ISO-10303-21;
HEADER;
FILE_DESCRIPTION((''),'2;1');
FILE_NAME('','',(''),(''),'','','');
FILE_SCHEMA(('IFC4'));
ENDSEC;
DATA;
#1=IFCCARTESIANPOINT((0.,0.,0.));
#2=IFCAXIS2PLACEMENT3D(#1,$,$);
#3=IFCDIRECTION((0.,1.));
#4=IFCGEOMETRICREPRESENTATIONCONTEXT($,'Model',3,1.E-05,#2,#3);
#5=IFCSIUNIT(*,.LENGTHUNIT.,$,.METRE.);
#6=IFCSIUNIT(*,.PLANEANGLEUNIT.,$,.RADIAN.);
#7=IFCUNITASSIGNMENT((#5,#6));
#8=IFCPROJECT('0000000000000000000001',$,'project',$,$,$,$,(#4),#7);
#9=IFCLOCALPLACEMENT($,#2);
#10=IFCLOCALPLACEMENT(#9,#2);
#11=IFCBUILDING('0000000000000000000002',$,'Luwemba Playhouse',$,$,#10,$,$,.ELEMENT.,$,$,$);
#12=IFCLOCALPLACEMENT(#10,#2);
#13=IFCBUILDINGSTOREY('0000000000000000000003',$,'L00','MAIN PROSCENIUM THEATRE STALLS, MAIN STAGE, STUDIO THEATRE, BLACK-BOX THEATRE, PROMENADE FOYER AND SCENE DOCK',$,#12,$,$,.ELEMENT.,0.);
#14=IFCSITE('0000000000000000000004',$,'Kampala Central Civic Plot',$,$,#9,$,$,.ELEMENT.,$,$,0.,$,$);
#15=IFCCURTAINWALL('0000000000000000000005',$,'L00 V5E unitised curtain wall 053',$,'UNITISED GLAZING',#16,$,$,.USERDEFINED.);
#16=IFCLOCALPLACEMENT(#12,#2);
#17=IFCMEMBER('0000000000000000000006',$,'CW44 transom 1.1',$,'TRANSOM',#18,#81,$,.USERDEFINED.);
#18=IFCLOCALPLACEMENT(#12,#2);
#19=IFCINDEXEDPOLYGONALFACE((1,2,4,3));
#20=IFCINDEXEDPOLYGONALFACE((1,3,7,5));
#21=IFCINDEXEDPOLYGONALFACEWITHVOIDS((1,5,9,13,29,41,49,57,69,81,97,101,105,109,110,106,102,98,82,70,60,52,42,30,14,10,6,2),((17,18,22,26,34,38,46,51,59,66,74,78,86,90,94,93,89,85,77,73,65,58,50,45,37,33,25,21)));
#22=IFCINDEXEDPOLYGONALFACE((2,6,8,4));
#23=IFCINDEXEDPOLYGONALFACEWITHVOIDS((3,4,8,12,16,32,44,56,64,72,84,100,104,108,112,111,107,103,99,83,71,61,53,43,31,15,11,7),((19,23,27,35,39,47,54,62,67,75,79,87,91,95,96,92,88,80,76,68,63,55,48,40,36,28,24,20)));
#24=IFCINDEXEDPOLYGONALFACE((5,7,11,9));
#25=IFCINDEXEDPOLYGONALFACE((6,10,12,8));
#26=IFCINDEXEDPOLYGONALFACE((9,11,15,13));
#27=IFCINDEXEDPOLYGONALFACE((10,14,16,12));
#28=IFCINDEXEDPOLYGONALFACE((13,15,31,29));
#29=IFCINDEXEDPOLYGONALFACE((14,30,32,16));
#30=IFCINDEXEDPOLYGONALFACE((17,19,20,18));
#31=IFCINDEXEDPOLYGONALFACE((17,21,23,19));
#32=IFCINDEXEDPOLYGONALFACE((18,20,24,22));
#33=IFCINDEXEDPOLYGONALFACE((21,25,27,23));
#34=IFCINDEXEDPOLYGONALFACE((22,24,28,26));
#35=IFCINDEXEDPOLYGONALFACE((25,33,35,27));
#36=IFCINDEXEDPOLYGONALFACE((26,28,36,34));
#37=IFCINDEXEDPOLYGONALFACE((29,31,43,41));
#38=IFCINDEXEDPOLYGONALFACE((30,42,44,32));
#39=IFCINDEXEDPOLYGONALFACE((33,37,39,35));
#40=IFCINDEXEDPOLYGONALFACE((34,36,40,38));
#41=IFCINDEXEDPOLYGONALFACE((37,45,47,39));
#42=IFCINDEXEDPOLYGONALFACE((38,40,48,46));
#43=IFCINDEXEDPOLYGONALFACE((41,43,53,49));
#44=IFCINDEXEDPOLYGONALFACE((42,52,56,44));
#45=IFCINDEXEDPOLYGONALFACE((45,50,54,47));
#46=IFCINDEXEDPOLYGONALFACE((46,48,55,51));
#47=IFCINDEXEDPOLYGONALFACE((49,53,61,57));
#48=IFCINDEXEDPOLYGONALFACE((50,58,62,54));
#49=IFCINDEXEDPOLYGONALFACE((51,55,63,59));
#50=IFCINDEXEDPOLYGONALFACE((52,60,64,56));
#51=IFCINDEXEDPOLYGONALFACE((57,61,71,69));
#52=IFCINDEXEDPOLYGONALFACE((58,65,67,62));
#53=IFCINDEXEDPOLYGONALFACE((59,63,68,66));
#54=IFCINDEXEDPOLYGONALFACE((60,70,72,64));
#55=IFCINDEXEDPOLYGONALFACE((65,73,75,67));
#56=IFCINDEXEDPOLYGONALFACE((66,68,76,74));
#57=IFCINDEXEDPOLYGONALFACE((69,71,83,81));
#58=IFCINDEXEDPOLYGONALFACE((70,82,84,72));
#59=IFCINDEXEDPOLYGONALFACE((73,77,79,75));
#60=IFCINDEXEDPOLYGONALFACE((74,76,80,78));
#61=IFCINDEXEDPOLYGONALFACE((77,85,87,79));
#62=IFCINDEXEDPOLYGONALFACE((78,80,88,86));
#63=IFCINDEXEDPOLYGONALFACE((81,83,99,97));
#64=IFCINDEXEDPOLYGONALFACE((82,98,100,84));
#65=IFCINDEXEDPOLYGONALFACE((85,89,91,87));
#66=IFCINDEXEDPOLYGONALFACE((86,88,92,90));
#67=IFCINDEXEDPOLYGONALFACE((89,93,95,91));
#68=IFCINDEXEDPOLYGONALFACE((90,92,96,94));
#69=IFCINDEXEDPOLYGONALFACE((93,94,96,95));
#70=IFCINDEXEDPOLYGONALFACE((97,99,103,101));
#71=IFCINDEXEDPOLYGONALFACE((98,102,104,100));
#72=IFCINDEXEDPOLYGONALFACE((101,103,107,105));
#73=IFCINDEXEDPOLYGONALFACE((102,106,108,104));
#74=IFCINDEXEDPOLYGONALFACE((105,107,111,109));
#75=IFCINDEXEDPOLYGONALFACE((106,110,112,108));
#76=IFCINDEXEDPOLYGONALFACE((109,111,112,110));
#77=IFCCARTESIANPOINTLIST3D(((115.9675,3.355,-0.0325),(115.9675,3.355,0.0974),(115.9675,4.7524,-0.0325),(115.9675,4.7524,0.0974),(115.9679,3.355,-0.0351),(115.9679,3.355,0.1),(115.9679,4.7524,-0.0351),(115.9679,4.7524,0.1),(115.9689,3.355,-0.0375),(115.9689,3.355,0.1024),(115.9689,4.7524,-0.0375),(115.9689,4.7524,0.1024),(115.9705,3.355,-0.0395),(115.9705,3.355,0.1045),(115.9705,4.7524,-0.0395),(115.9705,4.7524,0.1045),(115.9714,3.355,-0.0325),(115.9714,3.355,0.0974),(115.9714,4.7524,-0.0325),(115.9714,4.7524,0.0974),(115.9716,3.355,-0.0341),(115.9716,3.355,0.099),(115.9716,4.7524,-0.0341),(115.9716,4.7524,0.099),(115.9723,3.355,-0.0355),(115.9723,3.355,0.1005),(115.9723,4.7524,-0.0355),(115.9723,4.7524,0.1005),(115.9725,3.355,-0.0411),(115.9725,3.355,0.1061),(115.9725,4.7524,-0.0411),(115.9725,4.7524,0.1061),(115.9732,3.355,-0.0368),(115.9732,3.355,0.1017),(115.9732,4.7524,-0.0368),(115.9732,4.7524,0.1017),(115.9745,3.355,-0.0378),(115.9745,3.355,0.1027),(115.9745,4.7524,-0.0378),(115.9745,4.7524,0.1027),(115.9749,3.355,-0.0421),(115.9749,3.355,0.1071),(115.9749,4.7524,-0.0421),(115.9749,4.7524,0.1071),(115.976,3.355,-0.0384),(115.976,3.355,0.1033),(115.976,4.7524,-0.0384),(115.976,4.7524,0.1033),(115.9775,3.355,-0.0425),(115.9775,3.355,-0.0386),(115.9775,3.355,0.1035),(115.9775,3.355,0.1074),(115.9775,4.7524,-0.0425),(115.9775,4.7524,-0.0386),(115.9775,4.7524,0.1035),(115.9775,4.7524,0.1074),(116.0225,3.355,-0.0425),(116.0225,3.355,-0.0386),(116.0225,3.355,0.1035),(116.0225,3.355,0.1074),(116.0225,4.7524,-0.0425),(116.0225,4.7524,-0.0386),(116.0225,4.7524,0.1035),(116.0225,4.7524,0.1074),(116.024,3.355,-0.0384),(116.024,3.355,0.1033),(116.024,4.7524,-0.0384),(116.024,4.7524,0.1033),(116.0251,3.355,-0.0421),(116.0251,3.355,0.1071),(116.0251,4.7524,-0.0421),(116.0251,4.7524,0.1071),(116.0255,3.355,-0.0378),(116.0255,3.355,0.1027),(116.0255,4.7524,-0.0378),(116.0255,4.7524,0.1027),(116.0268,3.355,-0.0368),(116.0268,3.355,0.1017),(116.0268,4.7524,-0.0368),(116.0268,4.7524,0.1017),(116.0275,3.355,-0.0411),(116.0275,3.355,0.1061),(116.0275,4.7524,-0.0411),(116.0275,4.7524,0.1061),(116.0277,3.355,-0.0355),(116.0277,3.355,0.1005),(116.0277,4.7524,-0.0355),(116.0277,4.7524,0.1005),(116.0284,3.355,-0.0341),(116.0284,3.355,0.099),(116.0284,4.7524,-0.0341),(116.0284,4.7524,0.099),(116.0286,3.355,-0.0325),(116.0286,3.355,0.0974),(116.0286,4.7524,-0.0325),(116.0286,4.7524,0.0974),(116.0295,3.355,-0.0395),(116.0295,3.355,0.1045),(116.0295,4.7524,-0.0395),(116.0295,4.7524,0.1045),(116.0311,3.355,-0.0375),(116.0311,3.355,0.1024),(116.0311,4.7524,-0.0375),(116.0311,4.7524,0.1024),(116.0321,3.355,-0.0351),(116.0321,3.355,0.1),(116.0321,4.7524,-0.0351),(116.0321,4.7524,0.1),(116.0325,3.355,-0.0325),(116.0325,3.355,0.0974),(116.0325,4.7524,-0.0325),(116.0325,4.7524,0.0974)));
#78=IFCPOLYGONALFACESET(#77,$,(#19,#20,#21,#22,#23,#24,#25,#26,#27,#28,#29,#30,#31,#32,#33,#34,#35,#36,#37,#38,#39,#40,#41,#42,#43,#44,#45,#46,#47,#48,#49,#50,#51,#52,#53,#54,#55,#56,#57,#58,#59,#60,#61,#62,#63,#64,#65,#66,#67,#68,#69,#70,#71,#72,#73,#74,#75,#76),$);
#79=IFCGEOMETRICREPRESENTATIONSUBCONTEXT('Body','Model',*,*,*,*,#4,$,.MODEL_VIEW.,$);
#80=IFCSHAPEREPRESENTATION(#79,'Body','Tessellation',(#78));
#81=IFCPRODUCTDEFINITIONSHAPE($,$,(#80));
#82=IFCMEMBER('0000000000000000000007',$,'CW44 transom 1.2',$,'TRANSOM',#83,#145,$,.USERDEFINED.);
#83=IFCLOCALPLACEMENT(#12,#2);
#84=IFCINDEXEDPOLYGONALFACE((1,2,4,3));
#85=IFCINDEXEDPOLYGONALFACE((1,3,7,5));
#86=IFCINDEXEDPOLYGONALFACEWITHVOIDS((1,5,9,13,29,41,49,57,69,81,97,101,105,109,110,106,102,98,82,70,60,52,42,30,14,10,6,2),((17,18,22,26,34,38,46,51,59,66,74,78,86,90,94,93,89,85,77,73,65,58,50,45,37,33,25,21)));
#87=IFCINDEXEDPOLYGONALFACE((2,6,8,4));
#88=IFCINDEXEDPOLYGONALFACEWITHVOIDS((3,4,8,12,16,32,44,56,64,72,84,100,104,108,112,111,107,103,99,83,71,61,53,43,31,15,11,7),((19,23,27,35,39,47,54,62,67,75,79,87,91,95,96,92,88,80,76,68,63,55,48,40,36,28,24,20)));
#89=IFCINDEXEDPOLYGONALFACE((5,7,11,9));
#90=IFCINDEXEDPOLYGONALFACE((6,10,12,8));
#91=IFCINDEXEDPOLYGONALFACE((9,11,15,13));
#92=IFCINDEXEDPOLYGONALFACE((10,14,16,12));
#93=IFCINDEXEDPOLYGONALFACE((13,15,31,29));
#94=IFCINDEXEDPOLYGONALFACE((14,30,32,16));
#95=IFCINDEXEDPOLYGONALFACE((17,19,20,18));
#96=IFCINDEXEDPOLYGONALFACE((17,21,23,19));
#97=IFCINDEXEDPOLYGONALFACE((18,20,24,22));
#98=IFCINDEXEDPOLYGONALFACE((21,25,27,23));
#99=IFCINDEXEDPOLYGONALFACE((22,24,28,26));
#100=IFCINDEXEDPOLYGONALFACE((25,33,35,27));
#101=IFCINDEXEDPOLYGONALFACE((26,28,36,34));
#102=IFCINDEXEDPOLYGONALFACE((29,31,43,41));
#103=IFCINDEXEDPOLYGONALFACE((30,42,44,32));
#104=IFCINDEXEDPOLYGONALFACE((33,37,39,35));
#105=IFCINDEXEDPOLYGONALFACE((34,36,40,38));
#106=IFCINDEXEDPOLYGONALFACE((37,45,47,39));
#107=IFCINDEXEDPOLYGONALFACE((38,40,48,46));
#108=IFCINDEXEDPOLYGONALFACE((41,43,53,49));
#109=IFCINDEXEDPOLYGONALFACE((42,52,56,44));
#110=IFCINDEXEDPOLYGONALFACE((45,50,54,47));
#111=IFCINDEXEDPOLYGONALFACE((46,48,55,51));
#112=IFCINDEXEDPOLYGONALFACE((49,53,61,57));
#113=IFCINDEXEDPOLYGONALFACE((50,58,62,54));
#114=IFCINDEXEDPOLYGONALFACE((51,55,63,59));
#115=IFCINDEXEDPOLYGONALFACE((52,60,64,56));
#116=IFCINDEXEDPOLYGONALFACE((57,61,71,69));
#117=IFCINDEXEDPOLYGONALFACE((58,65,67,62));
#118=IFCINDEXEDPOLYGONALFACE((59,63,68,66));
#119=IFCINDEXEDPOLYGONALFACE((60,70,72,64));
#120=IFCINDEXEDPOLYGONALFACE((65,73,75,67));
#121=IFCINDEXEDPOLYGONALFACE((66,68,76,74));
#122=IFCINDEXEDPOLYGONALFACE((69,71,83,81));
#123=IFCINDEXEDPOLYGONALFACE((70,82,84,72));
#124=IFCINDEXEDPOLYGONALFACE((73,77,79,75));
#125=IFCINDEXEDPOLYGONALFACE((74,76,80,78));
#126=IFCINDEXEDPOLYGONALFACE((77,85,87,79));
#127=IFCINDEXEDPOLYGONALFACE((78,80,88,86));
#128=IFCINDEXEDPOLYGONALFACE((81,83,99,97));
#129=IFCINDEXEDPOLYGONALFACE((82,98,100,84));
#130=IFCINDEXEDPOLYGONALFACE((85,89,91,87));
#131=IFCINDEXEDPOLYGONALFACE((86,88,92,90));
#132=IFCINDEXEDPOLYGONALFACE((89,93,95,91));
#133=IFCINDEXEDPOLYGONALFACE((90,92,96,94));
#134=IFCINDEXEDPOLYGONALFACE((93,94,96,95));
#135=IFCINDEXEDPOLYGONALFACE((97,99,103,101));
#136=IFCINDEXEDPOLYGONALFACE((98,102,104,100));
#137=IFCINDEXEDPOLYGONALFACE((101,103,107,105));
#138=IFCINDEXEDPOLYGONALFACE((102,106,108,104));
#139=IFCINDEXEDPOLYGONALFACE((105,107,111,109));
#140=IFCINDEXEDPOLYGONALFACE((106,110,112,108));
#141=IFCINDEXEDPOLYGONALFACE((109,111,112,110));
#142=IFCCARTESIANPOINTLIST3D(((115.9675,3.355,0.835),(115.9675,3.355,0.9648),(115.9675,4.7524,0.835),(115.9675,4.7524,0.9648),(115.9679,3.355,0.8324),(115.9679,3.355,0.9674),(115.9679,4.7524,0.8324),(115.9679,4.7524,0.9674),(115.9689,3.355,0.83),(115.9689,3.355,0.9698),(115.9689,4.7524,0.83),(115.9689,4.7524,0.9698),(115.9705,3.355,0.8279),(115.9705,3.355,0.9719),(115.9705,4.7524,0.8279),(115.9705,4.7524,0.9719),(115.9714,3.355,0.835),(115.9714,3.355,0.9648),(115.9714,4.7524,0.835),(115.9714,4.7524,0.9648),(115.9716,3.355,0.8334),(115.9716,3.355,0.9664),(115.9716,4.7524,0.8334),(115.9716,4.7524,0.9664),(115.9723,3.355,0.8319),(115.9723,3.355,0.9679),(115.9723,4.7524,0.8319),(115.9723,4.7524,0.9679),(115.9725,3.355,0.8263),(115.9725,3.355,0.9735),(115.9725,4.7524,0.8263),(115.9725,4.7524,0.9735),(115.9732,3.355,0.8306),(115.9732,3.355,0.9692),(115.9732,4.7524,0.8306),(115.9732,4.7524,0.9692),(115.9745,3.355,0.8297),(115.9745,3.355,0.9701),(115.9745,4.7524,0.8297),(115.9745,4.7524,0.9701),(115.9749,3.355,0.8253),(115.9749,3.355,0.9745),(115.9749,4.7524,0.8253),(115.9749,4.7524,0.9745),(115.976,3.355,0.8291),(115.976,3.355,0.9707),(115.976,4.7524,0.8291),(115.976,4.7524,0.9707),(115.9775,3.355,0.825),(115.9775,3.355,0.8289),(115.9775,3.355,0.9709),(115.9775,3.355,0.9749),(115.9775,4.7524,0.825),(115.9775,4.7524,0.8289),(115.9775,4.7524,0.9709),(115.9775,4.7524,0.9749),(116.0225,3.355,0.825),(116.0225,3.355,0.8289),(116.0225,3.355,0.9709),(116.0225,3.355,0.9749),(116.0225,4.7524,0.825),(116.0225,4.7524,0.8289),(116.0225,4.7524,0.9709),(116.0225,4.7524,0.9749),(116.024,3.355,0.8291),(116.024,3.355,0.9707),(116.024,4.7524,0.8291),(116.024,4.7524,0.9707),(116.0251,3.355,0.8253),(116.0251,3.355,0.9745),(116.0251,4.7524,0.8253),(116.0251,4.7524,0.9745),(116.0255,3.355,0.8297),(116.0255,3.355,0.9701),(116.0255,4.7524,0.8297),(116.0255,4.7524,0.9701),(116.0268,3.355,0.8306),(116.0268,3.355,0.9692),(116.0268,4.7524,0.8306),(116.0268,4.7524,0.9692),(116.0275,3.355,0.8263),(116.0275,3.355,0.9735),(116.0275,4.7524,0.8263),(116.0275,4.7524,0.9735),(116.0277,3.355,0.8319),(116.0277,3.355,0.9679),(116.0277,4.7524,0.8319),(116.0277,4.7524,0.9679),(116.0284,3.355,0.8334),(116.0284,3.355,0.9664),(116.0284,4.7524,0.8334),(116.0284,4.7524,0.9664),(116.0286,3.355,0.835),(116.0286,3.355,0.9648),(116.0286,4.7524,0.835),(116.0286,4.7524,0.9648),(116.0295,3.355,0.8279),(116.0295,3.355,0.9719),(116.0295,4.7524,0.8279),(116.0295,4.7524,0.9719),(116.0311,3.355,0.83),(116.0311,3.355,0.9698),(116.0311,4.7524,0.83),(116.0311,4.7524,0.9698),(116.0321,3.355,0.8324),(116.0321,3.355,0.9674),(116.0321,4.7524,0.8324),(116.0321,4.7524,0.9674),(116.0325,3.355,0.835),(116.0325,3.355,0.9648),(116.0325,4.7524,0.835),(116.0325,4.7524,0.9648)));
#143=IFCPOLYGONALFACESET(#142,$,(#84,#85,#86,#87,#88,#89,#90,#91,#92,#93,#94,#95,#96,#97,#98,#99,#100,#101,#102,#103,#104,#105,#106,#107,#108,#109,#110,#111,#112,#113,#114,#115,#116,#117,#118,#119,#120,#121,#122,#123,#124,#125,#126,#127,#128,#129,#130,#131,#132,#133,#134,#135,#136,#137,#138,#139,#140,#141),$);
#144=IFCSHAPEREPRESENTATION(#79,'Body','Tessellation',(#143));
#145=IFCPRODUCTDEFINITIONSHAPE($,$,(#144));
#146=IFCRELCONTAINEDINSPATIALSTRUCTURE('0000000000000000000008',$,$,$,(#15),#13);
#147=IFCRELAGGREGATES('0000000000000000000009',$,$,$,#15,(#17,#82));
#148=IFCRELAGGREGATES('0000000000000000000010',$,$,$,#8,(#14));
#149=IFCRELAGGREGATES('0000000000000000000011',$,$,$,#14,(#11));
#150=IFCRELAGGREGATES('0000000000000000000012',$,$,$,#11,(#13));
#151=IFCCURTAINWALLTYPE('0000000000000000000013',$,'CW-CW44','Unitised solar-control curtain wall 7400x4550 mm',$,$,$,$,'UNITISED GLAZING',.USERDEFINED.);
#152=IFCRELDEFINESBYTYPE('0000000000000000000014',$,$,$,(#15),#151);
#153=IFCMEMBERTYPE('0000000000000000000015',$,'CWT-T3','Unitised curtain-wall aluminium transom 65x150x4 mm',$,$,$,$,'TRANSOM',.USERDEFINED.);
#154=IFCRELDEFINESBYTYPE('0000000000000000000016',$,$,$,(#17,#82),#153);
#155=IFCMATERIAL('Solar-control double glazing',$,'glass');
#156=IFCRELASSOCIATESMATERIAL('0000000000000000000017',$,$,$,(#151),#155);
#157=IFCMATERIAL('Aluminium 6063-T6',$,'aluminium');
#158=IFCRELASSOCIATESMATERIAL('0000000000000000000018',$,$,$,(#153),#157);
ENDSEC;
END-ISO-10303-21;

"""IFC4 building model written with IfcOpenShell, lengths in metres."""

from ifc_helpers import new_model, si_unit, direction, frame, origin, origin_2d, place, context, subcontext, project, spatial, hollow_rectangle, extrude, material, material_profile, profile_set, type_object, element, aggregate, save


model = new_model("IFC4")

# Units and contexts
model_context = context("Model", 3, precision=1e-05, world=origin(), true_north=direction((0.0, 1.0)))
body_context = subcontext(model_context, "Body", "Model", "MODEL_VIEW")
ifc_project = project(units=[si_unit("LENGTHUNIT", "METRE"), si_unit("PLANEANGLEUNIT", "RADIAN")], contexts=[model_context])

# Site, building, storey
site_placement = place(None, origin())
site = spatial("IfcSite", under=ifc_project, at=site_placement, Name="Kampala Central Civic Plot", CompositionType="ELEMENT", RefElevation=0.0)
building_placement = place(site_placement, origin())
building = spatial("IfcBuilding", under=site, at=building_placement, Name="Luwemba Playhouse", CompositionType="ELEMENT")
storey_placement = place(building_placement, origin())
storey = spatial("IfcBuildingStorey", under=building, at=storey_placement, Name="L00", Description="MAIN PROSCENIUM THEATRE STALLS, MAIN STAGE, STUDIO THEATRE, BLACK-BOX THEATRE, PROMENADE FOYER AND SCENE DOCK", CompositionType="ELEMENT", Elevation=0.0)

# Curtain wall, members
ifc_material_1 = material(Name="Solar-control double glazing", Category="glass")
curtain_wall_type = type_object("IfcCurtainWallType", Name="CW-CW44", Description="Unitised solar-control curtain wall 7400x4550 mm", ElementType="UNITISED GLAZING", PredefinedType="USERDEFINED", material=ifc_material_1)
curtain_wall_placement = place(storey_placement, origin())
curtain_wall = element("IfcCurtainWall", 1, at=curtain_wall_placement, inside=storey, type_object=curtain_wall_type, Name="L00 V5E unitised curtain wall 053", ObjectType="UNITISED GLAZING", PredefinedType="USERDEFINED")
ifc_material_2 = material(Name="Aluminium 6063-T6", Category="aluminium")
ifc_material_profile_1 = material_profile(ifc_material_2, hollow_rectangle(XDim=0.0649, YDim=0.1499, WallThickness=0.0039, InnerFilletRadius=0.0061, OuterFilletRadius=0.01, at=origin_2d()))
ifc_profile_set_1 = profile_set([ifc_material_profile_1], Name="Aluminium 6063-T6")
member_type_1 = type_object("IfcMemberType", Name="CWT-T3", Description="Unitised curtain-wall aluminium transom 65x150x4 mm", ElementType="TRANSOM", PredefinedType="USERDEFINED", material=ifc_profile_set_1)
member_1_placement = place(storey_placement, frame((116.0, 3.355, 0.0325), z_axis=(0.0, 1.0, 0.0), x_axis=(-1.0, 0.0, 0.0)))
member_1 = element("IfcMember", 2, at=member_1_placement, type_object=member_type_1, Name="CW44 transom 1.1", ObjectType="TRANSOM", PredefinedType="USERDEFINED", context=body_context, shape_type="SweptSolid", body=[
    extrude(hollow_rectangle(XDim=0.0649, YDim=0.1499, WallThickness=0.0039, InnerFilletRadius=0.0061, OuterFilletRadius=0.01, at=origin_2d()), origin(), (0.0, 0.0, 1.0), 1.3975),
])
member_2_placement = place(storey_placement, frame((116.0, 3.355, 0.8999), z_axis=(0.0, 1.0, 0.0), x_axis=(-1.0, 0.0, 0.0)))
member_2 = element("IfcMember", 3, at=member_2_placement, type_object=member_type_1, Name="CW44 transom 1.2", ObjectType="TRANSOM", PredefinedType="USERDEFINED", context=body_context, shape_type="SweptSolid", body=[
    extrude(hollow_rectangle(XDim=0.0649, YDim=0.1499, WallThickness=0.0039, InnerFilletRadius=0.0061, OuterFilletRadius=0.01, at=origin_2d()), origin(), (0.0, 0.0, 1.0), 1.3975),
])
aggregate(curtain_wall, [member_1, member_2])

save(model, "model.ifc")
